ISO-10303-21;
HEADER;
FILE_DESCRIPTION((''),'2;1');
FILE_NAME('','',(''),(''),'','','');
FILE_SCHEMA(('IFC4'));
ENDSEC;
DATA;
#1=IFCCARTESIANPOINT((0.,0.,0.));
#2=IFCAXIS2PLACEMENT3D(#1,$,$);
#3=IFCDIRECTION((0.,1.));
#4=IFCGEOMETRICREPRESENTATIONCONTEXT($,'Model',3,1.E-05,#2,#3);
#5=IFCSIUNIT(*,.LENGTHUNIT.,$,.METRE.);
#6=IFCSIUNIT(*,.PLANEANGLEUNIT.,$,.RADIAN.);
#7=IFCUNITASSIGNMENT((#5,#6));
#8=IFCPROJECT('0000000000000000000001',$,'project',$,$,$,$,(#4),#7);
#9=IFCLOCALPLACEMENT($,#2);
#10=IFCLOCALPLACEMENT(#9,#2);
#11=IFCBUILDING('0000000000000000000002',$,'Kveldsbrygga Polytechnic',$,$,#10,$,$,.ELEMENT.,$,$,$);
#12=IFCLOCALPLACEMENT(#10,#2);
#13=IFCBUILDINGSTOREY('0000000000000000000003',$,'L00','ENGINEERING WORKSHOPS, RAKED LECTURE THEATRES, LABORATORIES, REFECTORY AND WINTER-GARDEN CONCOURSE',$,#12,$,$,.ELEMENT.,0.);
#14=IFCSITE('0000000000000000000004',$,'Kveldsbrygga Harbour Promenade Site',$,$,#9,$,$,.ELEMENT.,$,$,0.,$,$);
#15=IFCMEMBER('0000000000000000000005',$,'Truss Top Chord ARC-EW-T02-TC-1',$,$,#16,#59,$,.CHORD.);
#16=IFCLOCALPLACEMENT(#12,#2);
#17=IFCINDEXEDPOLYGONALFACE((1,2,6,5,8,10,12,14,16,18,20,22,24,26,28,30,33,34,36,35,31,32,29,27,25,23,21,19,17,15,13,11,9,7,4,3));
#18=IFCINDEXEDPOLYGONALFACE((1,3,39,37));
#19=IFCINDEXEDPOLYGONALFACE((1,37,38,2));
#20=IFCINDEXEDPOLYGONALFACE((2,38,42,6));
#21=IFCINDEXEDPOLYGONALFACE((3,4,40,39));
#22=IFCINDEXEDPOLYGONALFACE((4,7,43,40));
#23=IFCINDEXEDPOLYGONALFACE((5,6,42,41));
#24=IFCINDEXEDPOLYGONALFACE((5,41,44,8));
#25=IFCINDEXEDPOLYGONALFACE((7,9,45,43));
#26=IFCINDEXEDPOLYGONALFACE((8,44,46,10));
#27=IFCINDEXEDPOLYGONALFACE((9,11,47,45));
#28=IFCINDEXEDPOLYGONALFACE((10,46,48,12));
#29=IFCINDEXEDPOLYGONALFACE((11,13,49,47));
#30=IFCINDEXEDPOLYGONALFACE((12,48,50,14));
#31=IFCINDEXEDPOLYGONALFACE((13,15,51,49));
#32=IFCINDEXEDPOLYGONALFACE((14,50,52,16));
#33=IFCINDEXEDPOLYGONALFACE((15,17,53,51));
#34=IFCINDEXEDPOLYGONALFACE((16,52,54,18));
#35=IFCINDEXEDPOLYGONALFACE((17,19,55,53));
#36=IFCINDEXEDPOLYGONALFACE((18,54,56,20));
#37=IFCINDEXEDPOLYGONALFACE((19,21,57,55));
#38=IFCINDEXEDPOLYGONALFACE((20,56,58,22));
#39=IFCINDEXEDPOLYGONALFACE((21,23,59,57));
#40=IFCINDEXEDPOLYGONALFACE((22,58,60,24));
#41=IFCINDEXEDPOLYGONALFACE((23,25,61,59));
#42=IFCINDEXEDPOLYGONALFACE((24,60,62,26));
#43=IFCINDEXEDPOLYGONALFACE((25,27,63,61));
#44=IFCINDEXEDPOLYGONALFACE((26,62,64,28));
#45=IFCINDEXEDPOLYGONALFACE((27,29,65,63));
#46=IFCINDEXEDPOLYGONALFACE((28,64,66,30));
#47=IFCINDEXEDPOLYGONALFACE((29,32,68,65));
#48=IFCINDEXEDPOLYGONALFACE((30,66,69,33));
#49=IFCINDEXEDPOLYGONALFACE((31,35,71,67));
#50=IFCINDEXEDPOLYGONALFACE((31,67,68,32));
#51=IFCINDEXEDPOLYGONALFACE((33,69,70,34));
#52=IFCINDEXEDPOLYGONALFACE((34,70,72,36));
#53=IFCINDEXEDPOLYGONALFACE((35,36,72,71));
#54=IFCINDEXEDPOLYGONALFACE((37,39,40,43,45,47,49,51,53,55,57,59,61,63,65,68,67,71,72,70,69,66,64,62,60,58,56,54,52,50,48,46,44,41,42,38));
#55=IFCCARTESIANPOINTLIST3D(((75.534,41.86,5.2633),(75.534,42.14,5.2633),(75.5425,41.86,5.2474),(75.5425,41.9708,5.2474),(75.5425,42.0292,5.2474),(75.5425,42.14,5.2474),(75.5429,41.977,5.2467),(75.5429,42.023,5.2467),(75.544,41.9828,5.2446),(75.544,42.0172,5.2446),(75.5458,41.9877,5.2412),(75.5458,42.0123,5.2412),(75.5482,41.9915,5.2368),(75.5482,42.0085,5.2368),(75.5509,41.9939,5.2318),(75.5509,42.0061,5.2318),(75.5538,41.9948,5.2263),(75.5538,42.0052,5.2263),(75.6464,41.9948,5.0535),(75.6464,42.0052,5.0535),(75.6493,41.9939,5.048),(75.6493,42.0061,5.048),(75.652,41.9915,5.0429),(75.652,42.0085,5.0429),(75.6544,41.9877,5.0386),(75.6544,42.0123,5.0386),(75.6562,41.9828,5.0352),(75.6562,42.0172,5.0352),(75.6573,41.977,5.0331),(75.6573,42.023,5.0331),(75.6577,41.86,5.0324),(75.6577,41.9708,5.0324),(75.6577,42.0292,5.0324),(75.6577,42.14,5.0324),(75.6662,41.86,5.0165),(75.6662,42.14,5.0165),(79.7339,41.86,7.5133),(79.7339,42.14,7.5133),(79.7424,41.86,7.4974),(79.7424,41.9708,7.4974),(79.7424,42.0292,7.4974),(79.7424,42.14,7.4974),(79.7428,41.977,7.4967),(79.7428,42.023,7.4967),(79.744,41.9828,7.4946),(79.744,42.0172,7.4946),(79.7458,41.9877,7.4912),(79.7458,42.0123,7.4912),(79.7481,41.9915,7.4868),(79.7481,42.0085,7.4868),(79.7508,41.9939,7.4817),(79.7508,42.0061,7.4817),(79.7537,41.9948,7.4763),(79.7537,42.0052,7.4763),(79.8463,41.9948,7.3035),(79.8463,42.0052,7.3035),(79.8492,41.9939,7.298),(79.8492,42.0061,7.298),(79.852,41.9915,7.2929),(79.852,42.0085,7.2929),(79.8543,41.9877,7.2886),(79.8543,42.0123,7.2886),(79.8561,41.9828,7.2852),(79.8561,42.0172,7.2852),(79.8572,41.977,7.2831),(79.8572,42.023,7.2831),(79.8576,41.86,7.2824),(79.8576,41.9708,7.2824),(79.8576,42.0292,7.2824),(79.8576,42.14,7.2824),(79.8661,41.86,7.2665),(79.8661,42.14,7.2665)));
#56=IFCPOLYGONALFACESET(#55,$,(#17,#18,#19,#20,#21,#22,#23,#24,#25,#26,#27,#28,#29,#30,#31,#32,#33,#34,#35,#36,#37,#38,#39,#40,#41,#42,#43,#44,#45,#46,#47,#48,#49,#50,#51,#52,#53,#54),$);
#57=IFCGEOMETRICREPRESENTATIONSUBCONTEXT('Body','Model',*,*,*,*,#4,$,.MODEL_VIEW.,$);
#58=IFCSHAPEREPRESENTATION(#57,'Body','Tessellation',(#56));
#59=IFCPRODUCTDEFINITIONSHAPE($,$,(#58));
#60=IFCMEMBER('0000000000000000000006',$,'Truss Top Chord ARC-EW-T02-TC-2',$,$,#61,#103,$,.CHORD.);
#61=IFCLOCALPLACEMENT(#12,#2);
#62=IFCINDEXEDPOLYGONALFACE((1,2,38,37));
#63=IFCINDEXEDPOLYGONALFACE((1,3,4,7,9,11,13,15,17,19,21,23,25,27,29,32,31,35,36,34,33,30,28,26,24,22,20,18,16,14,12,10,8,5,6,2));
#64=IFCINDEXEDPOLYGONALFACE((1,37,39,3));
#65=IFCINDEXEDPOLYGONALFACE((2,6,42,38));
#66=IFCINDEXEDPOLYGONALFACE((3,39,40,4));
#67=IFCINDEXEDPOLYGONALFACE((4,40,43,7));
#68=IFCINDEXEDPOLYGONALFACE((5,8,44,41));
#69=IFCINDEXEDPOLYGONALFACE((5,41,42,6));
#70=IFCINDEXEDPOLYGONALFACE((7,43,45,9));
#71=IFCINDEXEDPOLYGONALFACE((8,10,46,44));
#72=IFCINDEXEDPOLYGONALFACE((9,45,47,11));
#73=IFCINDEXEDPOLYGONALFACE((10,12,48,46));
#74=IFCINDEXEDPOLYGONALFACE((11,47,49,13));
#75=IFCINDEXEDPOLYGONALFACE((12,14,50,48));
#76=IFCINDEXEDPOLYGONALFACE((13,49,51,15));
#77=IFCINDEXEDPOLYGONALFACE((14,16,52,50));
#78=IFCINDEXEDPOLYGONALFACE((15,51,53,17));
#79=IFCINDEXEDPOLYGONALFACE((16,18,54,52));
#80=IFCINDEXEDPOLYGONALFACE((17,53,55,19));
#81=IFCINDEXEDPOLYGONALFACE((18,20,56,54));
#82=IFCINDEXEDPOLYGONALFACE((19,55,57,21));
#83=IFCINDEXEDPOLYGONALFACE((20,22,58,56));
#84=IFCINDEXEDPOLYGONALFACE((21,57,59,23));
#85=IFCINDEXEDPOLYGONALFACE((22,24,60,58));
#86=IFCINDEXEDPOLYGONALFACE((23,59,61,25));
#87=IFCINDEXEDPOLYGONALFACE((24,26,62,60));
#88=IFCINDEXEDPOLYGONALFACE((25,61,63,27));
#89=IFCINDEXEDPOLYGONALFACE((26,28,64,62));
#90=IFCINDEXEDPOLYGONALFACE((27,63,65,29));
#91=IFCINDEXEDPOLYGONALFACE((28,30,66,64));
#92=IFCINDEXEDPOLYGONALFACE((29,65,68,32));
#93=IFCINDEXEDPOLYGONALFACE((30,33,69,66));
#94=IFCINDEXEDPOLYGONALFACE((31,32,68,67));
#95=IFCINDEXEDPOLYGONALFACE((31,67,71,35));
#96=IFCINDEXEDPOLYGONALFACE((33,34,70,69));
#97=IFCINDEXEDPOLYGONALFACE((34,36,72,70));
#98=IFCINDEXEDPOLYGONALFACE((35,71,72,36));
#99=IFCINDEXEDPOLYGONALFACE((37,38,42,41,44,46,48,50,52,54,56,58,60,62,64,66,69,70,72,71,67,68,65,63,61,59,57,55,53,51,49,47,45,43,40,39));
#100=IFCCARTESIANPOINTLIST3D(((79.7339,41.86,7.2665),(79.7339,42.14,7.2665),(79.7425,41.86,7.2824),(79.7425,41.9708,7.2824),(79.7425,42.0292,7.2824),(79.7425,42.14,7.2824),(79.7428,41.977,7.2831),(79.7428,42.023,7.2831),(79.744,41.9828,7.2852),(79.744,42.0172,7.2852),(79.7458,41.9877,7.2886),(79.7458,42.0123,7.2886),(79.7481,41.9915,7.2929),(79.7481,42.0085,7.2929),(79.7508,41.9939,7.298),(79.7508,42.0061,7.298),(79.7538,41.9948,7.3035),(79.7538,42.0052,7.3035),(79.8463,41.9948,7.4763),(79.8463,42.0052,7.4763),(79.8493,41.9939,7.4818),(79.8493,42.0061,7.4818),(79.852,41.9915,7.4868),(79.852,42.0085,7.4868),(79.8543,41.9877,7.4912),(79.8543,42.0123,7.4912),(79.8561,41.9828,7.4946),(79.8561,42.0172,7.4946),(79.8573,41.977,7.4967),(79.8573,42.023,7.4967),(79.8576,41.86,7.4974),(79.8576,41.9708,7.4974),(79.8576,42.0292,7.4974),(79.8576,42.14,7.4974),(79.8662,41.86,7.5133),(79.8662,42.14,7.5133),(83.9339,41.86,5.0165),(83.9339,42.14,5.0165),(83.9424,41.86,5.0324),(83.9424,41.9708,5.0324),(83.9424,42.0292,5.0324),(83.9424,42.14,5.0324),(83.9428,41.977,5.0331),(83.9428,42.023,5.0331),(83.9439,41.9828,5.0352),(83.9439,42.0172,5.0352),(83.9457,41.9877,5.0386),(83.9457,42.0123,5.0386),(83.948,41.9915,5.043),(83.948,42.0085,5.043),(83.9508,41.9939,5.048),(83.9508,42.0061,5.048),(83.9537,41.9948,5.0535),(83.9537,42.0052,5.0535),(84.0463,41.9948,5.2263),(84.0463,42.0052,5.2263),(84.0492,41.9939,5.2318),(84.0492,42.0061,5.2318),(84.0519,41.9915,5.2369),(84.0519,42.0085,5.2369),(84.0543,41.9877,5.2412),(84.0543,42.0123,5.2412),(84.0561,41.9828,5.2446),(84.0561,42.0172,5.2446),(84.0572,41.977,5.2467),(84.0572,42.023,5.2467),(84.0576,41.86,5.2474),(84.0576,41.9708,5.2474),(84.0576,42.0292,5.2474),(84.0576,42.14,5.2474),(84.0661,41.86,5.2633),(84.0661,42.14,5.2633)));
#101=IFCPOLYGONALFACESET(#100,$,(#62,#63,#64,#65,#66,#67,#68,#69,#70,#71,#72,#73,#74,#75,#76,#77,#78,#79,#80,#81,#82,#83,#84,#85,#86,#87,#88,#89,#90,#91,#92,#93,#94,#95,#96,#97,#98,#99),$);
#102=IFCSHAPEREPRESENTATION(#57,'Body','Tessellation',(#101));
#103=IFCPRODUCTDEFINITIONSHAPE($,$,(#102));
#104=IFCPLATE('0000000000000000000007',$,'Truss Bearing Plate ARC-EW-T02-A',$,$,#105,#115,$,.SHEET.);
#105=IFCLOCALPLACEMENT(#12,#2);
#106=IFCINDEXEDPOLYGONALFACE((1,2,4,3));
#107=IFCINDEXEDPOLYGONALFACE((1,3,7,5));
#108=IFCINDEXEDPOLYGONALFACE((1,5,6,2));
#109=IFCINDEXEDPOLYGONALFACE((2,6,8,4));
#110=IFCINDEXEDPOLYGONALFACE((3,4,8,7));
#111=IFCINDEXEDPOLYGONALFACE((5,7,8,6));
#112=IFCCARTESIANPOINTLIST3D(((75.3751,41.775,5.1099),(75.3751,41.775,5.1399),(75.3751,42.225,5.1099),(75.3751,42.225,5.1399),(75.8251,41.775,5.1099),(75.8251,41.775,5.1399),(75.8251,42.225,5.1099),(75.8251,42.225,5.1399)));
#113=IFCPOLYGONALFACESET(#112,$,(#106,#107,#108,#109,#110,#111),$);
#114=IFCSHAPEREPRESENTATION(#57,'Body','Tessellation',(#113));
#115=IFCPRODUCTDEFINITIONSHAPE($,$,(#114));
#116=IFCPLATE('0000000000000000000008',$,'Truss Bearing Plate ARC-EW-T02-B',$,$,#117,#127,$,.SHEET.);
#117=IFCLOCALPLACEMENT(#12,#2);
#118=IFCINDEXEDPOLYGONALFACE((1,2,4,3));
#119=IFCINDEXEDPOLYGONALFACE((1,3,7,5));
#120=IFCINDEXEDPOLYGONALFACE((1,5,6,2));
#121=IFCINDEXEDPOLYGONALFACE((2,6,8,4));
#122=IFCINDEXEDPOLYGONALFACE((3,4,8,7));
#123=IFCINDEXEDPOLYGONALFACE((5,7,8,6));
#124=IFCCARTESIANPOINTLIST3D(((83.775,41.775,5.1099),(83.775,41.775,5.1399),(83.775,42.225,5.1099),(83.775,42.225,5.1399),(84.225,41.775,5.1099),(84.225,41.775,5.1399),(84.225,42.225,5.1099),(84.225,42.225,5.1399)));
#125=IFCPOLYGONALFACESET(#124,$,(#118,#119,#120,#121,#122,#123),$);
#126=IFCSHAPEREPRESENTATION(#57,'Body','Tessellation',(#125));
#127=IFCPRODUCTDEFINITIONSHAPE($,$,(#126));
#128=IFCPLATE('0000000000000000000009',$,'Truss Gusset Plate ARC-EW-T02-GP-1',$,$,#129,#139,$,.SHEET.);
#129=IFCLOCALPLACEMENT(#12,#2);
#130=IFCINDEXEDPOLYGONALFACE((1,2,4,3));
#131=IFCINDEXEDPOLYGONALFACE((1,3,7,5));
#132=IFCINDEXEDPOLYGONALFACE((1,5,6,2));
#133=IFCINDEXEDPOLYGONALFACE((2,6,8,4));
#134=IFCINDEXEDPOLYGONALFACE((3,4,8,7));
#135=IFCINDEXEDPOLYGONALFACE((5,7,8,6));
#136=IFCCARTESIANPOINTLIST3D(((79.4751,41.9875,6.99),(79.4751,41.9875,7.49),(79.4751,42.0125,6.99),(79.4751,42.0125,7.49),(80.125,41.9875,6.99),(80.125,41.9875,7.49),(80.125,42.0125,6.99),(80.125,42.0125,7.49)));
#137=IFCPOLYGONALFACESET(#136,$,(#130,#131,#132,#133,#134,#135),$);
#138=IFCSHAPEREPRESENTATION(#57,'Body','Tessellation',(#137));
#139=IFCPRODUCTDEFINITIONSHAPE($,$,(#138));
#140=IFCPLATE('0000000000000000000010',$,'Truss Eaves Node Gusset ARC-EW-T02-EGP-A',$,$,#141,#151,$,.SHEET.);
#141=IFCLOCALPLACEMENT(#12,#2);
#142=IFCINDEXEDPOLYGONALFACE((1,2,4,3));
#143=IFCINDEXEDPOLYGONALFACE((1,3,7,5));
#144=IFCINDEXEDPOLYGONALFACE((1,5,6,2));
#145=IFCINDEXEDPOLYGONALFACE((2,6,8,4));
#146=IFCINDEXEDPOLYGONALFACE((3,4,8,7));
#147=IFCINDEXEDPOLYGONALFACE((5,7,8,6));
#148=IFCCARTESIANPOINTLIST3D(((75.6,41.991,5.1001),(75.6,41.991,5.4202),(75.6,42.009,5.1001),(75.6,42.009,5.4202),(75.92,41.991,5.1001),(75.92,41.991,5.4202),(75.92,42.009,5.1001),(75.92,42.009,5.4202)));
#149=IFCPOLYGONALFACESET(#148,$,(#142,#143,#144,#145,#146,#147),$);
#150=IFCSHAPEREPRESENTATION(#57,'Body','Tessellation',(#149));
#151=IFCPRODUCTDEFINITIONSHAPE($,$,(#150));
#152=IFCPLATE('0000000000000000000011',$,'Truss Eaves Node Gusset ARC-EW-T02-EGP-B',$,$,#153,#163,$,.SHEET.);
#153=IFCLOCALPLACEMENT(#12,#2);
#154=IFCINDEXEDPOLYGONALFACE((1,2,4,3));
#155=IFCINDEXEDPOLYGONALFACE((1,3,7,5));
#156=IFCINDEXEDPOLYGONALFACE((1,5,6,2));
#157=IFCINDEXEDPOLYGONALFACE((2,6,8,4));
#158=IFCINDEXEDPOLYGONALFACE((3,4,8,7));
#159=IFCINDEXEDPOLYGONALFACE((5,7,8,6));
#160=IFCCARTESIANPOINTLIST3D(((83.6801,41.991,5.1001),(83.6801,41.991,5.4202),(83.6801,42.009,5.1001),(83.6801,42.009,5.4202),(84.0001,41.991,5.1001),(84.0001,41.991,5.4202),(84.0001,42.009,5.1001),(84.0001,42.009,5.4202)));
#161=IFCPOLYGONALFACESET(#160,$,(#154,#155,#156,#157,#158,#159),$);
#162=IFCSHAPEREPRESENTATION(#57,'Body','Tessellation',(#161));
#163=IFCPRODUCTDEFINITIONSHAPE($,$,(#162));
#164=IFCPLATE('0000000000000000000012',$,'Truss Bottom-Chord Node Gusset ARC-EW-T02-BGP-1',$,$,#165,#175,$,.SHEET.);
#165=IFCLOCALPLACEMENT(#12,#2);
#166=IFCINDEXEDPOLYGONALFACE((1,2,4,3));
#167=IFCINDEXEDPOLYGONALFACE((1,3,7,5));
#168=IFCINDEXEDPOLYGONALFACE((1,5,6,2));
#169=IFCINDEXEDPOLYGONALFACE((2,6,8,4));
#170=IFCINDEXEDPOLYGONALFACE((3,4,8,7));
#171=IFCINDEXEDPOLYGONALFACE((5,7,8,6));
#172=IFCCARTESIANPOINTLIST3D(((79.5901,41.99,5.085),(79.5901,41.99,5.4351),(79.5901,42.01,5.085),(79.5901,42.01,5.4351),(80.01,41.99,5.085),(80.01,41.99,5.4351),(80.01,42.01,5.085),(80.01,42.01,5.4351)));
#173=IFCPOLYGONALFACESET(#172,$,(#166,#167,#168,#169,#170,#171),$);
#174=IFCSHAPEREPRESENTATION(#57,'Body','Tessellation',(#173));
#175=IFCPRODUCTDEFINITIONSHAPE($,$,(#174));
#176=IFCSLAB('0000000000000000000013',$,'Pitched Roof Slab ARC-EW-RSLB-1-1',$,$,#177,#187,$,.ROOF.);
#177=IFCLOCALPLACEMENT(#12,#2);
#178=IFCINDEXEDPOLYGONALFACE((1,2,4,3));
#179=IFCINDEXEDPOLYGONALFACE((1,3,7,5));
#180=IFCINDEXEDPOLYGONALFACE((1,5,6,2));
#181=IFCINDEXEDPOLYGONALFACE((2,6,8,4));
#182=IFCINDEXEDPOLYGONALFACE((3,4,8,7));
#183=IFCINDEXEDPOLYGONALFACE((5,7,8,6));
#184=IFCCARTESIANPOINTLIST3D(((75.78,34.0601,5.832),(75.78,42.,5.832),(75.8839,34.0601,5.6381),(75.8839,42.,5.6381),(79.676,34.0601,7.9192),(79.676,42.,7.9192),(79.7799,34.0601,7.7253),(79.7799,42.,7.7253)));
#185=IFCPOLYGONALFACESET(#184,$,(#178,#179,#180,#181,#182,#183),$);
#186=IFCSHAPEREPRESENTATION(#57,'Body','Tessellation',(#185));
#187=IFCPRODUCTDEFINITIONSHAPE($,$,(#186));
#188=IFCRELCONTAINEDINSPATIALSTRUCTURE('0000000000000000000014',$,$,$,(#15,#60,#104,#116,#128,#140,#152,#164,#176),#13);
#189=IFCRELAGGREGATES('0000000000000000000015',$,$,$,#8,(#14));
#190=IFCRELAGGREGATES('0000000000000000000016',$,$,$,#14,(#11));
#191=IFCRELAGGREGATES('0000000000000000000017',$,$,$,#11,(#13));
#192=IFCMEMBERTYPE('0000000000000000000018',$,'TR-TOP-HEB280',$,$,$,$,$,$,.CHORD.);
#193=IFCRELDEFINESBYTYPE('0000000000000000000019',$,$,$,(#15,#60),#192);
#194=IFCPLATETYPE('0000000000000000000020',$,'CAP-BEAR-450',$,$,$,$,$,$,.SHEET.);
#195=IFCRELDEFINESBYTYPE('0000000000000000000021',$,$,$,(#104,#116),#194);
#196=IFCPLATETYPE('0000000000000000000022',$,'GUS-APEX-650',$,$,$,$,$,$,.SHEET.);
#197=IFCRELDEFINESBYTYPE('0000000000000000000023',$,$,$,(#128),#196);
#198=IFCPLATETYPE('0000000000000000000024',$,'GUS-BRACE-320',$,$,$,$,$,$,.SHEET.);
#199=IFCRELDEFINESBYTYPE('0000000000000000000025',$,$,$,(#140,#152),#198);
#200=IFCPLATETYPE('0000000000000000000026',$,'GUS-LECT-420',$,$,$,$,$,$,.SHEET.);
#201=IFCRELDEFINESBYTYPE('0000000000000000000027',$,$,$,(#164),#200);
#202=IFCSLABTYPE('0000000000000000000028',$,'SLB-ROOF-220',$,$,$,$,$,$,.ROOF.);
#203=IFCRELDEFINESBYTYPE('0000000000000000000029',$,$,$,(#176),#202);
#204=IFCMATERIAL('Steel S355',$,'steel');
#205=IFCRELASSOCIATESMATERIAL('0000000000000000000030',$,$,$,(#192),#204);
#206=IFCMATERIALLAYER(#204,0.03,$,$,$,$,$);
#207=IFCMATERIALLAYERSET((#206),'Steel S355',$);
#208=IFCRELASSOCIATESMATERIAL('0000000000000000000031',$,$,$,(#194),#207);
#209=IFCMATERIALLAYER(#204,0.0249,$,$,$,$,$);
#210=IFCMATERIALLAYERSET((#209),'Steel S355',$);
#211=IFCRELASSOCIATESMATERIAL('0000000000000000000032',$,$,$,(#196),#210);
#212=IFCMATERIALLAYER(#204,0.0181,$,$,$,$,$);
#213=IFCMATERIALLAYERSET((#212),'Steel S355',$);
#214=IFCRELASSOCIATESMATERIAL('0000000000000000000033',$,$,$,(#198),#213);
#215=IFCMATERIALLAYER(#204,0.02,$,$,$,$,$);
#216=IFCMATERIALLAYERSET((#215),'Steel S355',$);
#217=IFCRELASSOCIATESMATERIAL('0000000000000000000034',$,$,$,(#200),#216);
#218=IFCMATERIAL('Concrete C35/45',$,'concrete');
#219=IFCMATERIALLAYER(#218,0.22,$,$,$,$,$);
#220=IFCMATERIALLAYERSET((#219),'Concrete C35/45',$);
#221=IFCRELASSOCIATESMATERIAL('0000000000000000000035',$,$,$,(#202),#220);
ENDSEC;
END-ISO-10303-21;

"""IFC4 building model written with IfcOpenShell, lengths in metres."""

from ifc_helpers import new_model, si_unit, direction, frame, origin, origin_2d, place, context, subcontext, project, spatial, polyline, rectangle, i_section, outline, extrude, material, layer, layer_set, material_profile, profile_set, type_object, element, save


model = new_model("IFC4")

# Units and contexts
model_context = context("Model", 3, precision=1e-05, world=origin(), true_north=direction((0.0, 1.0)))
body_context = subcontext(model_context, "Body", "Model", "MODEL_VIEW")
ifc_project = project(units=[si_unit("LENGTHUNIT", "METRE"), si_unit("PLANEANGLEUNIT", "RADIAN")], contexts=[model_context])

# Site, building, storey
site_placement = place(None, origin())
site = spatial("IfcSite", under=ifc_project, at=site_placement, Name="Kveldsbrygga Harbour Promenade Site", CompositionType="ELEMENT", RefElevation=0.0)
building_placement = place(site_placement, origin())
building = spatial("IfcBuilding", under=site, at=building_placement, Name="Kveldsbrygga Polytechnic", CompositionType="ELEMENT")
storey_placement = place(building_placement, origin())
storey = spatial("IfcBuildingStorey", under=building, at=storey_placement, Name="L00", Description="ENGINEERING WORKSHOPS, RAKED LECTURE THEATRES, LABORATORIES, REFECTORY AND WINTER-GARDEN CONCOURSE", CompositionType="ELEMENT", Elevation=0.0)

# Shared definitions
ifc_material_1 = material(Name="Concrete C35/45", Category="concrete")

# Members
ifc_material_2 = material(Name="Steel S355", Category="steel")
ifc_material_profile_1 = material_profile(ifc_material_2, i_section(OverallWidth=0.28, OverallDepth=0.28, WebThickness=0.0105, FlangeThickness=0.0181, FilletRadius=0.0239, at=origin_2d()), Name="HEB 280")
ifc_profile_set_1 = profile_set([ifc_material_profile_1], Name="Steel S355")
member_type_1 = type_object("IfcMemberType", Name="TR-TOP-HEB280", PredefinedType="CHORD", material=ifc_profile_set_1)
for number, where, z_axis, x_axis, name in (
    (1, (75.6001, 42.0, 5.1399), (0.881478, 0.0, 0.472226), (0.0, 1.0, 0.0), "Truss Top Chord ARC-EW-T02-TC-1"),
    (2, (79.8, 42.0, 7.3899), (0.881478, 0.0, -0.472226), (0.0, 1.0, 0.0), "Truss Top Chord ARC-EW-T02-TC-2"),
):
    element("IfcMember", number, at=place(storey_placement, frame(where, z_axis=z_axis, x_axis=x_axis)), inside=storey, type_object=member_type_1, Name=name, PredefinedType="CHORD", context=body_context, shape_type="SweptSolid", body=[
        extrude(i_section(OverallWidth=0.28, OverallDepth=0.28, WebThickness=0.0105, FlangeThickness=0.0181, FilletRadius=0.0239, at=origin_2d()), origin(), (0.0, 0.0, 1.0), 4.7646),
    ])

# Plates
ifc_layer_1 = layer(ifc_material_2, 0.03)
ifc_layer_set_1 = layer_set([ifc_layer_1], Name="Steel S355")
plate_type_1 = type_object("IfcPlateType", Name="CAP-BEAR-450", PredefinedType="SHEET", material=ifc_layer_set_1)
for number, where, z_axis, x_axis, name in (
    (3, (75.6001, 42.0, 5.1099), (0.0, 0.0, 1.0), (1.0, 0.0, 0.0), "Truss Bearing Plate ARC-EW-T02-A"),
    (4, (84.0, 42.0, 5.1099), (0.0, 0.0, 1.0), (1.0, 0.0, 0.0), "Truss Bearing Plate ARC-EW-T02-B"),
):
    element("IfcPlate", number, at=place(storey_placement, frame(where, z_axis=z_axis, x_axis=x_axis)), inside=storey, type_object=plate_type_1, Name=name, PredefinedType="SHEET", context=body_context, shape_type="SweptSolid", body=[
        extrude(rectangle(XDim=0.45, YDim=0.45, at=origin_2d()), origin(), (0.0, 0.0, 1.0), 0.03),
    ])
ifc_layer_2 = layer(ifc_material_2, 0.0249)
ifc_layer_set_2 = layer_set([ifc_layer_2], Name="Steel S355")
plate_type_2 = type_object("IfcPlateType", Name="GUS-APEX-650", PredefinedType="SHEET", material=ifc_layer_set_2)
plate_1_placement = place(storey_placement, frame((79.8, 42.0, 6.99), z_axis=(0.0, 0.0, 1.0), x_axis=(1.0, 0.0, 0.0)))
element("IfcPlate", 5, at=plate_1_placement, inside=storey, type_object=plate_type_2, Name="Truss Gusset Plate ARC-EW-T02-GP-1", PredefinedType="SHEET", context=body_context, shape_type="SweptSolid", body=[
    extrude(rectangle(XDim=0.6499, YDim=0.0249, at=origin_2d()), origin(), (0.0, 0.0, 1.0), 0.5),
])
ifc_layer_3 = layer(ifc_material_2, 0.0181)
ifc_layer_set_3 = layer_set([ifc_layer_3], Name="Steel S355")
plate_type_3 = type_object("IfcPlateType", Name="GUS-BRACE-320", PredefinedType="SHEET", material=ifc_layer_set_3)
for number, where, z_axis, x_axis, name in (
    (6, (75.76, 42.0, 5.1001), (0.0, 0.0, 1.0), (1.0, 0.0, 0.0), "Truss Eaves Node Gusset ARC-EW-T02-EGP-A"),
    (7, (83.8401, 42.0, 5.1001), (0.0, 0.0, 1.0), (1.0, 0.0, 0.0), "Truss Eaves Node Gusset ARC-EW-T02-EGP-B"),
):
    element("IfcPlate", number, at=place(storey_placement, frame(where, z_axis=z_axis, x_axis=x_axis)), inside=storey, type_object=plate_type_3, Name=name, PredefinedType="SHEET", context=body_context, shape_type="SweptSolid", body=[
        extrude(rectangle(XDim=0.3201, YDim=0.0181, at=origin_2d()), origin(), (0.0, 0.0, 1.0), 0.3201),
    ])
ifc_layer_4 = layer(ifc_material_2, 0.02)
ifc_layer_set_4 = layer_set([ifc_layer_4], Name="Steel S355")
plate_type_4 = type_object("IfcPlateType", Name="GUS-LECT-420", PredefinedType="SHEET", material=ifc_layer_set_4)
plate_2_placement = place(storey_placement, frame((79.8, 42.0, 5.085), z_axis=(0.0, 0.0, 1.0), x_axis=(1.0, 0.0, 0.0)))
element("IfcPlate", 8, at=plate_2_placement, inside=storey, type_object=plate_type_4, Name="Truss Bottom-Chord Node Gusset ARC-EW-T02-BGP-1", PredefinedType="SHEET", context=body_context, shape_type="SweptSolid", body=[
    extrude(rectangle(XDim=0.4199, YDim=0.02, at=origin_2d()), origin(), (0.0, 0.0, 1.0), 0.3501),
])

# Slab
ifc_layer_5 = layer(ifc_material_1, 0.22)
ifc_layer_set_5 = layer_set([ifc_layer_5], Name="Concrete C35/45")
slab_type = type_object("IfcSlabType", Name="SLB-ROOF-220", PredefinedType="ROOF", material=ifc_layer_set_5)
slab_1_placement = place(storey_placement, frame((75.78, 34.0601, 5.832), z_axis=(-0.472224, 0.0, 0.881478), x_axis=(0.881478, 0.0, 0.472224)))
element("IfcSlab", 9, at=slab_1_placement, inside=storey, type_object=slab_type, Name="Pitched Roof Slab ARC-EW-RSLB-1-1", PredefinedType="ROOF", context=body_context, shape_type="SweptSolid", body=[
    extrude(outline(polyline([(0.0, 0.0), (4.4198, 0.0), (4.4198, 7.9399), (0.0, 7.9399), (0.0, 0.0)])), origin(), (0.0, 0.0, -1.0), 0.22),
])

save(model, "model.ifc")
